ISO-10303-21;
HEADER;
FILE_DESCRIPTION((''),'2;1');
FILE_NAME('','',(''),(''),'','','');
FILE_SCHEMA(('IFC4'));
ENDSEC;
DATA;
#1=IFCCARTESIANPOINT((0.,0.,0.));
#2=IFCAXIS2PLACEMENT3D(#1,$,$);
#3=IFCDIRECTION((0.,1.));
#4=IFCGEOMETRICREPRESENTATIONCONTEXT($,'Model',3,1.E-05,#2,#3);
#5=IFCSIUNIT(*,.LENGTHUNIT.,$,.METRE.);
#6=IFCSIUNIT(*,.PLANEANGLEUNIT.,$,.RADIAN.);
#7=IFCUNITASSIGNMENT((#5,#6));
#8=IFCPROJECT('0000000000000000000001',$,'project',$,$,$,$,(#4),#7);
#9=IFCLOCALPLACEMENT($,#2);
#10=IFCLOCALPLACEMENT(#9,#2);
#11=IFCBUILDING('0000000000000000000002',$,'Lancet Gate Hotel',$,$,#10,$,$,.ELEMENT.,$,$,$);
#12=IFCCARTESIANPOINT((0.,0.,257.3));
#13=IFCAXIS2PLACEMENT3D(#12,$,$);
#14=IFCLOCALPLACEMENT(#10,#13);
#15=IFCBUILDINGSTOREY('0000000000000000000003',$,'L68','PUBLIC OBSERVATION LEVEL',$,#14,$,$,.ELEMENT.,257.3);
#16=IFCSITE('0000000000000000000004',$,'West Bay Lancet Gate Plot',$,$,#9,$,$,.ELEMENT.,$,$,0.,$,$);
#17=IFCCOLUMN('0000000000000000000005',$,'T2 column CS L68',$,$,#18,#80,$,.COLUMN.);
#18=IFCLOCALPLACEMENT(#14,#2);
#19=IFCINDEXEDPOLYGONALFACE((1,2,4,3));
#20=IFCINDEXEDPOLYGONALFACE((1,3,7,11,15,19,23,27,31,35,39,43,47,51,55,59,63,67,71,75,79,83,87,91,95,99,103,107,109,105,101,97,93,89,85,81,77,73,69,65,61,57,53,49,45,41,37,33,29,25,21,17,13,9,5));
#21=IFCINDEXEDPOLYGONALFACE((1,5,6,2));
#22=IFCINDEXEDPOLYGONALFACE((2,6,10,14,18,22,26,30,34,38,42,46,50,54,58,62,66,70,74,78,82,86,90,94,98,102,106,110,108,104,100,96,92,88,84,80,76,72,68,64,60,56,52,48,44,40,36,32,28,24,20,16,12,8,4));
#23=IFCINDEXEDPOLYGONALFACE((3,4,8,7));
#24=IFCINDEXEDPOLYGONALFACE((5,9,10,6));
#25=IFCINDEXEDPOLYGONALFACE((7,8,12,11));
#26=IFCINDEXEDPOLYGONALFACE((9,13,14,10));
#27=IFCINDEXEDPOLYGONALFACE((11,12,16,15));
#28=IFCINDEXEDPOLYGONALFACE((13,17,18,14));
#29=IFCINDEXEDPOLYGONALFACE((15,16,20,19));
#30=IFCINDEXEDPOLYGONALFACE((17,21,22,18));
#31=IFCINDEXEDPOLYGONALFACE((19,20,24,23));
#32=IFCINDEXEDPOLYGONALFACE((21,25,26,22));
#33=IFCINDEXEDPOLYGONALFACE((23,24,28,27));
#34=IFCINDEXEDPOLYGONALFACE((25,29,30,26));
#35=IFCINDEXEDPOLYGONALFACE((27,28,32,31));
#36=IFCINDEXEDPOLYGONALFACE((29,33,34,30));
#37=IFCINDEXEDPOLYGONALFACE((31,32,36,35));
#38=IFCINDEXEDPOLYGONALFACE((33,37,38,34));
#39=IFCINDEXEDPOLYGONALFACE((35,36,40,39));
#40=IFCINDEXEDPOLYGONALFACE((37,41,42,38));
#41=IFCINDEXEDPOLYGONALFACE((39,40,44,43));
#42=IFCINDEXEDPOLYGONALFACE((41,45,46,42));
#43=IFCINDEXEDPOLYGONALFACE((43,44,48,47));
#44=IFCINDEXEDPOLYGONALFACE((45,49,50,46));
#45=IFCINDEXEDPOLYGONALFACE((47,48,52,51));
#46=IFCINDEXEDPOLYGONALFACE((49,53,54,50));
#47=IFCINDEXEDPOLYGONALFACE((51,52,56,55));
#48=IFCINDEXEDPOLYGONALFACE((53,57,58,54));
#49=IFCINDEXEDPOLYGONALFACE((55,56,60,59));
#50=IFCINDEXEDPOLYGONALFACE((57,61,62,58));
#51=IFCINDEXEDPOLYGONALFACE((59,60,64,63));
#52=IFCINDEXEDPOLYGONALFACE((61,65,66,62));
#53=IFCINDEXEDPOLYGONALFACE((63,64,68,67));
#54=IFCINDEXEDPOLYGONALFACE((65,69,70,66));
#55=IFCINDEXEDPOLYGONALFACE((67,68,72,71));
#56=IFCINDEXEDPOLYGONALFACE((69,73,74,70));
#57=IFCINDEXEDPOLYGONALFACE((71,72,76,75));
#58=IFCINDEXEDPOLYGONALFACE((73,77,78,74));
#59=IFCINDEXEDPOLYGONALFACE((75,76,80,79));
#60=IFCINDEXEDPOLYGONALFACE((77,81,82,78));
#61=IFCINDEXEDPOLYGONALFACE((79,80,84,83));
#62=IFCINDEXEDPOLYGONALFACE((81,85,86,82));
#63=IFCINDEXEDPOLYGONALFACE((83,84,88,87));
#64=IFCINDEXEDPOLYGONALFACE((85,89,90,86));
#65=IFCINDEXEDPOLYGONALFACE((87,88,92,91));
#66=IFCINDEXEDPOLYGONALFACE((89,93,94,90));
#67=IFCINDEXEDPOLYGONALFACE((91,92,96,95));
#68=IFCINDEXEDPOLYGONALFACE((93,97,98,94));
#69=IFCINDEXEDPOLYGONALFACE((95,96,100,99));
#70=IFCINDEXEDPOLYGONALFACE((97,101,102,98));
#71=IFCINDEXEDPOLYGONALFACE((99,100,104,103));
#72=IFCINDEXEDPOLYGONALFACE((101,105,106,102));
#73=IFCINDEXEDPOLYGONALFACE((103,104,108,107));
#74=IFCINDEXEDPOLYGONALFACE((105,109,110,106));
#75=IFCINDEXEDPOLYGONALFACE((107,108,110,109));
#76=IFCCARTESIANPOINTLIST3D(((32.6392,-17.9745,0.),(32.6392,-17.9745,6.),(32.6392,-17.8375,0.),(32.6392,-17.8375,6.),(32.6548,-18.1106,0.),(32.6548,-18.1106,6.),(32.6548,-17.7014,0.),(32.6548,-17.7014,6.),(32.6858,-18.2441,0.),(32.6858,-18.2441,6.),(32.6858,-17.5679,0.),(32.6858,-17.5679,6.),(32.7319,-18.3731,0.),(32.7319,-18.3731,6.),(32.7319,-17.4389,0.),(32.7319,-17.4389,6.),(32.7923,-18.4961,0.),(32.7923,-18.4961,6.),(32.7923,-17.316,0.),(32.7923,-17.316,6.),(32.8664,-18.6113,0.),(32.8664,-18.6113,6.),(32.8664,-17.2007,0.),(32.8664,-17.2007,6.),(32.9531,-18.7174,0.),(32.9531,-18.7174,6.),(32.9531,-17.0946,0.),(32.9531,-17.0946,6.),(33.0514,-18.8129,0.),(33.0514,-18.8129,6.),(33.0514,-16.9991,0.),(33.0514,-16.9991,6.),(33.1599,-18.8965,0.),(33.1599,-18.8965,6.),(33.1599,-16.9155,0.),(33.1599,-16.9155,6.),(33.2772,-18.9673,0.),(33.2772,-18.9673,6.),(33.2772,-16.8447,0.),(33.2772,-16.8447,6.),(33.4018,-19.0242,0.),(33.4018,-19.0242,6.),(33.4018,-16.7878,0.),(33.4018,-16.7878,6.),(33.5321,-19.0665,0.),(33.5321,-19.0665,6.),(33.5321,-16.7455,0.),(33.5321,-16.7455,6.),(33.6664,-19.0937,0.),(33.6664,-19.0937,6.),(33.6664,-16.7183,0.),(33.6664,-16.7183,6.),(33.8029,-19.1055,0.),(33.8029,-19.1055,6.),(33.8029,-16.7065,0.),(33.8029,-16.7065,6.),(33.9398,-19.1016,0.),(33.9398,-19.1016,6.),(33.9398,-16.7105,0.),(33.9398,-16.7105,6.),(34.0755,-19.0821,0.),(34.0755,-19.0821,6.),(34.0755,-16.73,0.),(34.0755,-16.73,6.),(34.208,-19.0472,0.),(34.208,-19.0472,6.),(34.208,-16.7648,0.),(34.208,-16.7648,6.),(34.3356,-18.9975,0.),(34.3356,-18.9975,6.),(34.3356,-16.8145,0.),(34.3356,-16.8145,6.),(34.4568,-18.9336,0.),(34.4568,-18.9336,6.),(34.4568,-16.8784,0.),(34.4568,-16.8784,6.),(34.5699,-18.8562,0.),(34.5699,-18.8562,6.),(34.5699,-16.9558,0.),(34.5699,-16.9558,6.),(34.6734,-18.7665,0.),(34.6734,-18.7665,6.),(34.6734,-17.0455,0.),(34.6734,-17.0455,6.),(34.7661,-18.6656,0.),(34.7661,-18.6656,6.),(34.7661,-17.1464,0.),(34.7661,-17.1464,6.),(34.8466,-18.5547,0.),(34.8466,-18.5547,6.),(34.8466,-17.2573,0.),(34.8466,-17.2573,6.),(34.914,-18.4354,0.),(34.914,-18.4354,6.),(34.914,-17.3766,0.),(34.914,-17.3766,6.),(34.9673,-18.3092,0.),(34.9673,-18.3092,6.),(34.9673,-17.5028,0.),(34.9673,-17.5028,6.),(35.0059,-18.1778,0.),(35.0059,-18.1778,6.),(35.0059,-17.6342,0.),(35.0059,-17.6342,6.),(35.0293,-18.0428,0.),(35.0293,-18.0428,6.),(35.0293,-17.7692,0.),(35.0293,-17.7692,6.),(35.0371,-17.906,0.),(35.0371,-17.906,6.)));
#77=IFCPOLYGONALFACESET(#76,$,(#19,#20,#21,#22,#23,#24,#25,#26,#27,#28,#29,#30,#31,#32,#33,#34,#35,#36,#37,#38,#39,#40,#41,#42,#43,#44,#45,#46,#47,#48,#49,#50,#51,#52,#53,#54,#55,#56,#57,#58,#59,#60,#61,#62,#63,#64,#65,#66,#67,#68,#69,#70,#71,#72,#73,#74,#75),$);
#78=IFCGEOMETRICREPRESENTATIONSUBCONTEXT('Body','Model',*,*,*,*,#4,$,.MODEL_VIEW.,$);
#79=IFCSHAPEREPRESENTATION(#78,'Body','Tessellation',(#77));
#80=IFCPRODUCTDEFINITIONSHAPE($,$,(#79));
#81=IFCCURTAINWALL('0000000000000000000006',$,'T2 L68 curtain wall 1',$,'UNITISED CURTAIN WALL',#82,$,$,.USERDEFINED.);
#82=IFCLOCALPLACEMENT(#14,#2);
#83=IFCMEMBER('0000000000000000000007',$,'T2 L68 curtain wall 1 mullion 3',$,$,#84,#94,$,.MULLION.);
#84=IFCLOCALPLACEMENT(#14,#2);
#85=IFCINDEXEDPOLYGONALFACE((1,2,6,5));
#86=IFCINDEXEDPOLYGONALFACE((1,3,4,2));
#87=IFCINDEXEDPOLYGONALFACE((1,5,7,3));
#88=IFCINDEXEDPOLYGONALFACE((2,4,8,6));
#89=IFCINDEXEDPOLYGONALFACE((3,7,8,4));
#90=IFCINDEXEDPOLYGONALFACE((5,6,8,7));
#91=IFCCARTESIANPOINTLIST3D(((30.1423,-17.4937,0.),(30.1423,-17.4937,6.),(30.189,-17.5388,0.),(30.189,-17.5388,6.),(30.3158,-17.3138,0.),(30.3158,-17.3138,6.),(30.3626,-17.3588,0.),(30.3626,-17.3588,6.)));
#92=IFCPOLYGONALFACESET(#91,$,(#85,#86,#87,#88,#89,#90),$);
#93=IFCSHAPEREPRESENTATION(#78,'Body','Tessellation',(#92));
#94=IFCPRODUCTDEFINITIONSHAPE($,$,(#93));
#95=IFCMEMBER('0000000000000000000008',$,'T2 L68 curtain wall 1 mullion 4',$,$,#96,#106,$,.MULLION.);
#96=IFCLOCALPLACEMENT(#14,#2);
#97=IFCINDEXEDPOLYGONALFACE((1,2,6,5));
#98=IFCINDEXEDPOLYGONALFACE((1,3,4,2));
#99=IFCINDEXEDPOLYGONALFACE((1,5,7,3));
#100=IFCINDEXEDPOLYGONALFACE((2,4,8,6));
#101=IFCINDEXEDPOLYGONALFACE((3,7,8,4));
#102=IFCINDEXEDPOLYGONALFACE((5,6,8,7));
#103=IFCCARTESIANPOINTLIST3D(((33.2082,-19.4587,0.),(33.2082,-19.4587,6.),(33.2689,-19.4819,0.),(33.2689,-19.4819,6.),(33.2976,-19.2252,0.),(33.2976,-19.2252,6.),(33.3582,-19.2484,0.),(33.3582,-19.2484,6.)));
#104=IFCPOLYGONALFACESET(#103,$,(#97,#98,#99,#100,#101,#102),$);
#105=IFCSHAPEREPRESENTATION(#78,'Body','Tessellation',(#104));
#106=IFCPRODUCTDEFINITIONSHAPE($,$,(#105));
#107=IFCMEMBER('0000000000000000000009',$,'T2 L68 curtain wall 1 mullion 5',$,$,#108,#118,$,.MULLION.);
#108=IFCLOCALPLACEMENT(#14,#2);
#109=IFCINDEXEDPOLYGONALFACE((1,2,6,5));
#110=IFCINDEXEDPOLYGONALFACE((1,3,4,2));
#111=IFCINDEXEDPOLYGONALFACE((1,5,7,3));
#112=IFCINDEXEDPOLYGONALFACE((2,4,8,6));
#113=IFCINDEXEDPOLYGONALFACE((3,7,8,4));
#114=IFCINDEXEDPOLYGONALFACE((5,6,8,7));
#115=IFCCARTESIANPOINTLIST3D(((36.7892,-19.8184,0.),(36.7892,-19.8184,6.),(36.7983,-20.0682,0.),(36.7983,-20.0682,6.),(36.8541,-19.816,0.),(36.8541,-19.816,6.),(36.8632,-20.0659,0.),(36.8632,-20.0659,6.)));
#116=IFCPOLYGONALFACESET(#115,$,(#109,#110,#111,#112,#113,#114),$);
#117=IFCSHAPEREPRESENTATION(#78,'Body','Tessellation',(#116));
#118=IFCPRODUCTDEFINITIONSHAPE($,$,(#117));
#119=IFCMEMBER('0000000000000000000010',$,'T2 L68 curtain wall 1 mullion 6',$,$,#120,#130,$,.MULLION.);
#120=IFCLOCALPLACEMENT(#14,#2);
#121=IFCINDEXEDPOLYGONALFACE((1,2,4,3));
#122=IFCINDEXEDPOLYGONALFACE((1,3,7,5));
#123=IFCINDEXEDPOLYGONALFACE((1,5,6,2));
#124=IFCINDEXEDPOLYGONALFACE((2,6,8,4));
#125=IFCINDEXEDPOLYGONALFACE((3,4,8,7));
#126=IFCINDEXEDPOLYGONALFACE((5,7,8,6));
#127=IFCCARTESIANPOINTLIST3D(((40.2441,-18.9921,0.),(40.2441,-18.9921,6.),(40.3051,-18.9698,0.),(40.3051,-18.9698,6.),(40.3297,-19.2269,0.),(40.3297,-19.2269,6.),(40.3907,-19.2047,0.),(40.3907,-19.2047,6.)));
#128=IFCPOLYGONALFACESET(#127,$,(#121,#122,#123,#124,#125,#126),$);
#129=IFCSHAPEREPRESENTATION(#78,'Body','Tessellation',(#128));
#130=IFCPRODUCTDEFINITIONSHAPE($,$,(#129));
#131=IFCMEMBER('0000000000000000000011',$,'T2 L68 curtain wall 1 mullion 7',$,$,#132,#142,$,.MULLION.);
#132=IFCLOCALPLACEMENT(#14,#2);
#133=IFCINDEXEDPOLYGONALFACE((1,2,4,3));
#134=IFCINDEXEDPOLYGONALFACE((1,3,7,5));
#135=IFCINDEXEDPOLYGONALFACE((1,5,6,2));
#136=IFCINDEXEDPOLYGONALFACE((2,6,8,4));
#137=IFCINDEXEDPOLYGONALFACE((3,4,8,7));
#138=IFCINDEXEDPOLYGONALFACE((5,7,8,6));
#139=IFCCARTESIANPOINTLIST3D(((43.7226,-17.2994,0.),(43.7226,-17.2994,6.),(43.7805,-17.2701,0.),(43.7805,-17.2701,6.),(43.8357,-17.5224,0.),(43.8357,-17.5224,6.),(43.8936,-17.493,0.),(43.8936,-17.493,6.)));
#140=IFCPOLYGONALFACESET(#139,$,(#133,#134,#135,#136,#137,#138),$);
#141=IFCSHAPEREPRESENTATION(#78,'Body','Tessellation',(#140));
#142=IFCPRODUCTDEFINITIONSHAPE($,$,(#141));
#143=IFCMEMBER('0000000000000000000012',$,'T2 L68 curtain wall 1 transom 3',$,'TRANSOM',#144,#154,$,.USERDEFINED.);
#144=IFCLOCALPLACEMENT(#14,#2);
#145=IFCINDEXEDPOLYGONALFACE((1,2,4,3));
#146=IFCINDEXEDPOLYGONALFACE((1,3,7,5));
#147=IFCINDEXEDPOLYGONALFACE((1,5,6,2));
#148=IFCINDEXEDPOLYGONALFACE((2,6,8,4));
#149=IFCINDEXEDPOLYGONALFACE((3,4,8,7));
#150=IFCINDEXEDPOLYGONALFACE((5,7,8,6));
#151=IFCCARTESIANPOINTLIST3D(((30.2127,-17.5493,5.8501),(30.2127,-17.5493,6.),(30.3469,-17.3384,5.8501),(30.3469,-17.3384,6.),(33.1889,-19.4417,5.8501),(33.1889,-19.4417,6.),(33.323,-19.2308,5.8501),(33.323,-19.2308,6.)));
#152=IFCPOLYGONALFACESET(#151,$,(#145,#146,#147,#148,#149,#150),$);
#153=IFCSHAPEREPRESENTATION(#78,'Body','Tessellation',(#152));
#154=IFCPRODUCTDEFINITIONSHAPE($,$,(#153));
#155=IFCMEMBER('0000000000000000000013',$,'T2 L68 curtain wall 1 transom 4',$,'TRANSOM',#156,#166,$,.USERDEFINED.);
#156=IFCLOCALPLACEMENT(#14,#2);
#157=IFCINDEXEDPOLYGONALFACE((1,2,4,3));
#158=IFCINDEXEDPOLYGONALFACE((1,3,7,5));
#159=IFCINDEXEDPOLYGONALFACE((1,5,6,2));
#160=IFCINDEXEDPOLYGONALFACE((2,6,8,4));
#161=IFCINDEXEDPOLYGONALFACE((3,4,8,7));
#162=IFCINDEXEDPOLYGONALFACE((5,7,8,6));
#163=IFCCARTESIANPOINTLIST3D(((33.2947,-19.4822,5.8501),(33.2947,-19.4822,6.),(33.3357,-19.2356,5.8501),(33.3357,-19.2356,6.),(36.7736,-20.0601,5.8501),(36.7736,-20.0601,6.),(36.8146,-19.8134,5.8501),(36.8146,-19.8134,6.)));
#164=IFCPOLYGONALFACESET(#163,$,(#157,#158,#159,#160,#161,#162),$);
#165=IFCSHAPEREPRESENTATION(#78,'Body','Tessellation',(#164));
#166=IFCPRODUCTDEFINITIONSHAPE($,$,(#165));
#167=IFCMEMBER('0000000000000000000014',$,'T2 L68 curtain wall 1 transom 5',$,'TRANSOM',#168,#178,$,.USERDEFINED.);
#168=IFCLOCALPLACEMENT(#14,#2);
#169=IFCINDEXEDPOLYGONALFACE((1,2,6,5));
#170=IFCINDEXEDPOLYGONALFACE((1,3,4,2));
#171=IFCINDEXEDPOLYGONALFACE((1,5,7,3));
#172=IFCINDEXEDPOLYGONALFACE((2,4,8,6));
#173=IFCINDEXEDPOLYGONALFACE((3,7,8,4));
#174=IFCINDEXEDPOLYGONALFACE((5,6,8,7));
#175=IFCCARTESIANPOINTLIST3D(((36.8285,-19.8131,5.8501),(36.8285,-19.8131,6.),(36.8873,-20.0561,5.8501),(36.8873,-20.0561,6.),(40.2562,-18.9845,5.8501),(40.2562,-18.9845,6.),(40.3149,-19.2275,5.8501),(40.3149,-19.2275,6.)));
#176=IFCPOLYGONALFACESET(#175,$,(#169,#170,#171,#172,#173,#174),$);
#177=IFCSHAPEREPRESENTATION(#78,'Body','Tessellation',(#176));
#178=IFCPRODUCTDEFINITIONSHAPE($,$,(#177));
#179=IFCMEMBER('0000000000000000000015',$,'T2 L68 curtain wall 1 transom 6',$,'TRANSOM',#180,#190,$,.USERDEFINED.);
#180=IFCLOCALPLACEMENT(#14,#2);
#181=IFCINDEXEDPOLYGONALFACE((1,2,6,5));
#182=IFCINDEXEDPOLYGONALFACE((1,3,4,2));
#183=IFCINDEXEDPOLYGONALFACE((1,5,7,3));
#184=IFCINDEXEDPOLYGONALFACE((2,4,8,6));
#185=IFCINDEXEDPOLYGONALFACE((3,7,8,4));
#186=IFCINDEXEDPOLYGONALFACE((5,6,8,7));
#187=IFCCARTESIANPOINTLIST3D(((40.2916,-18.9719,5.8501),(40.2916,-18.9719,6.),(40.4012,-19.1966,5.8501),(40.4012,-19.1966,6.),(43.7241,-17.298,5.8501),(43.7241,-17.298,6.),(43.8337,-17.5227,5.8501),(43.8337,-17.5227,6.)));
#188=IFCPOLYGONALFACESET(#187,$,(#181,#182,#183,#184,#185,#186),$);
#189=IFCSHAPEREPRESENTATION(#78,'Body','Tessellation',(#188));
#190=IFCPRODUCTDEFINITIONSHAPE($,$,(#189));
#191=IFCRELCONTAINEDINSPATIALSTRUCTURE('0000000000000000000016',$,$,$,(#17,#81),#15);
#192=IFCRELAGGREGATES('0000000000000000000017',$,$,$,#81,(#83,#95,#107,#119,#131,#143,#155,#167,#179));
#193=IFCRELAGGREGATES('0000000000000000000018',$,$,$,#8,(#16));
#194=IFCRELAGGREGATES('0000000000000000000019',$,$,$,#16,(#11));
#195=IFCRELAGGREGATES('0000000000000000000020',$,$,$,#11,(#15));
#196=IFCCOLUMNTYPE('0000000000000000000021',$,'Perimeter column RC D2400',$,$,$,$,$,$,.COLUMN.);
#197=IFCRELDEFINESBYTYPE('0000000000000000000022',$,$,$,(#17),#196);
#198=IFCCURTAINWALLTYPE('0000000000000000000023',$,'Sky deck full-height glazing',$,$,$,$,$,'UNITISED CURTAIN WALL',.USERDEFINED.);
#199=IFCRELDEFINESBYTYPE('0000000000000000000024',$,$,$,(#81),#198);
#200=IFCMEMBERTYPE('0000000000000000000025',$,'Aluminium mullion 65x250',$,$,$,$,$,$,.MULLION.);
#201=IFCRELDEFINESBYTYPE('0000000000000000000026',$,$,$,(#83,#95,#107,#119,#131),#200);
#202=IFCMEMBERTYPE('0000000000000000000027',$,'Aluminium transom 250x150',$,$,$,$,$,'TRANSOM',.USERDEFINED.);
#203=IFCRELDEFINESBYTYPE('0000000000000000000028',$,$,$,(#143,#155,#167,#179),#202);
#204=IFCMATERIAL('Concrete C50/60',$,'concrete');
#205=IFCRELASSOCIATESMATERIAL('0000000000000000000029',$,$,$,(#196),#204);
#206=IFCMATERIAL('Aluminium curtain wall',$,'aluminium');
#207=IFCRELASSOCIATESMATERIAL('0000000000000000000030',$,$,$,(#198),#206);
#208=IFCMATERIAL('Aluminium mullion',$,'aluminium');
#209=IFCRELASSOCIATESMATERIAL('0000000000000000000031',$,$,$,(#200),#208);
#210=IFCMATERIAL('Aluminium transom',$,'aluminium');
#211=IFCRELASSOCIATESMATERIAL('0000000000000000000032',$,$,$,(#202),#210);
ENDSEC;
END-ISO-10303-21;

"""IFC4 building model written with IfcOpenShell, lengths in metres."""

from ifc_helpers import new_model, si_unit, direction, frame, origin, origin_2d, place, context, subcontext, project, spatial, rectangle, circle, extrude, material, material_profile, profile_set, type_object, element, aggregate, save


model = new_model("IFC4")

# Units and contexts
model_context = context("Model", 3, precision=1e-05, world=origin(), true_north=direction((0.0, 1.0)))
body_context = subcontext(model_context, "Body", "Model", "MODEL_VIEW")
ifc_project = project(units=[si_unit("LENGTHUNIT", "METRE"), si_unit("PLANEANGLEUNIT", "RADIAN")], contexts=[model_context])

# Site, building, storey
site_placement = place(None, origin())
site = spatial("IfcSite", under=ifc_project, at=site_placement, Name="West Bay Lancet Gate Plot", CompositionType="ELEMENT", RefElevation=0.0)
building_placement = place(site_placement, origin())
building = spatial("IfcBuilding", under=site, at=building_placement, Name="Lancet Gate Hotel", CompositionType="ELEMENT")
storey_placement = place(building_placement, frame((0.0, 0.0, 257.3)))
storey = spatial("IfcBuildingStorey", under=building, at=storey_placement, Name="L68", Description="PUBLIC OBSERVATION LEVEL", CompositionType="ELEMENT", Elevation=257.3)

# Column
ifc_material_1 = material(Name="Concrete C50/60", Category="concrete")
ifc_material_profile_1 = material_profile(ifc_material_1, circle(Radius=1.2, at=origin_2d()), Name="RC D2400")
ifc_profile_set_1 = profile_set([ifc_material_profile_1], Name="Concrete C50/60")
column_type = type_object("IfcColumnType", Name="Perimeter column RC D2400", PredefinedType="COLUMN", material=ifc_profile_set_1)
column_placement = place(storey_placement, frame((33.8372, -17.906, 0.0), z_axis=(0.0, 0.0, 1.0), x_axis=(1.0, 0.0, 0.0)))
element("IfcColumn", 1, at=column_placement, inside=storey, type_object=column_type, Name="T2 column CS L68", PredefinedType="COLUMN", context=body_context, shape_type="SweptSolid", body=[
    extrude(circle(Radius=1.2, at=origin_2d()), origin(), (0.0, 0.0, 1.0), 6.0),
])

# Curtain wall, members
ifc_material_2 = material(Name="Aluminium curtain wall", Category="aluminium")
curtain_wall_type = type_object("IfcCurtainWallType", Name="Sky deck full-height glazing", ElementType="UNITISED CURTAIN WALL", PredefinedType="USERDEFINED", material=ifc_material_2)
curtain_wall_placement = place(storey_placement, origin())
curtain_wall = element("IfcCurtainWall", 2, at=curtain_wall_placement, inside=storey, type_object=curtain_wall_type, Name="T2 L68 curtain wall 1", ObjectType="UNITISED CURTAIN WALL", PredefinedType="USERDEFINED")
ifc_material_3 = material(Name="Aluminium mullion", Category="aluminium")
ifc_material_profile_2 = material_profile(ifc_material_3, rectangle(XDim=0.0649, YDim=0.25, at=origin_2d()), Name="MULLION 65x250")
ifc_profile_set_2 = profile_set([ifc_material_profile_2], Name="Aluminium mullion")
member_type_1 = type_object("IfcMemberType", Name="Aluminium mullion 65x250", PredefinedType="MULLION", material=ifc_profile_set_2)
member_1_placement = place(storey_placement, frame((30.2524, -17.4263, 0.0), z_axis=(0.0, 0.0, 1.0), x_axis=(0.719809, -0.694172, 0.0)))
member_1 = element("IfcMember", 3, at=member_1_placement, type_object=member_type_1, Name="T2 L68 curtain wall 1 mullion 3", PredefinedType="MULLION", context=body_context, shape_type="SweptSolid", body=[
    extrude(rectangle(XDim=0.0649, YDim=0.25, at=origin_2d()), origin(), (0.0, 0.0, 1.0), 6.0),
])
member_2_placement = place(storey_placement, frame((33.2832, -19.3535, 0.0), z_axis=(0.0, 0.0, 1.0), x_axis=(0.933943, -0.357421, 0.0)))
member_2 = element("IfcMember", 4, at=member_2_placement, type_object=member_type_1, Name="T2 L68 curtain wall 1 mullion 4", PredefinedType="MULLION", context=body_context, shape_type="SweptSolid", body=[
    extrude(rectangle(XDim=0.0649, YDim=0.25, at=origin_2d()), origin(), (0.0, 0.0, 1.0), 6.0),
])
member_3_placement = place(storey_placement, frame((36.8262, -19.9421, 0.0), z_axis=(0.0, 0.0, 1.0), x_axis=(0.999343, 0.03625, 0.0)))
member_3 = element("IfcMember", 5, at=member_3_placement, type_object=member_type_1, Name="T2 L68 curtain wall 1 mullion 5", PredefinedType="MULLION", context=body_context, shape_type="SweptSolid", body=[
    extrude(rectangle(XDim=0.0649, YDim=0.25, at=origin_2d()), origin(), (0.0, 0.0, 1.0), 6.0),
])
member_4_placement = place(storey_placement, frame((40.3174, -19.0984, 0.0), z_axis=(0.0, 0.0, 1.0), x_axis=(0.939484, 0.342593, 0.0)))
member_4 = element("IfcMember", 6, at=member_4_placement, type_object=member_type_1, Name="T2 L68 curtain wall 1 mullion 6", PredefinedType="MULLION", context=body_context, shape_type="SweptSolid", body=[
    extrude(rectangle(XDim=0.0649, YDim=0.25, at=origin_2d()), origin(), (0.0, 0.0, 1.0), 6.0),
])
member_5_placement = place(storey_placement, frame((43.8081, -17.3962, 0.0), z_axis=(0.0, 0.0, 1.0), x_axis=(0.891833, 0.452365, 0.0)))
member_5 = element("IfcMember", 7, at=member_5_placement, type_object=member_type_1, Name="T2 L68 curtain wall 1 mullion 7", PredefinedType="MULLION", context=body_context, shape_type="SweptSolid", body=[
    extrude(rectangle(XDim=0.0649, YDim=0.25, at=origin_2d()), origin(), (0.0, 0.0, 1.0), 6.0),
])
ifc_material_4 = material(Name="Aluminium transom", Category="aluminium")
ifc_material_profile_3 = material_profile(ifc_material_4, rectangle(XDim=0.25, YDim=0.1499, at=origin_2d()), Name="TRANSOM 250x150")
ifc_profile_set_3 = profile_set([ifc_material_profile_3], Name="Aluminium transom")
member_type_2 = type_object("IfcMemberType", Name="Aluminium transom 250x150", ElementType="TRANSOM", PredefinedType="USERDEFINED", material=ifc_profile_set_3)
member_6_placement = place(storey_placement, frame((30.2798, -17.4438, 5.925), z_axis=(0.843858, -0.536566, 0.0), x_axis=(0.536566, 0.843858, 0.0)))
member_6 = element("IfcMember", 8, at=member_6_placement, type_object=member_type_2, Name="T2 L68 curtain wall 1 transom 3", ObjectType="TRANSOM", PredefinedType="USERDEFINED", context=body_context, shape_type="SweptSolid", body=[
    extrude(rectangle(XDim=0.25, YDim=0.1499, at=origin_2d()), origin(), (0.0, 0.0, 1.0), 3.5269),
])
member_7_placement = place(storey_placement, frame((33.3152, -19.3589, 5.925), z_axis=(0.986484, -0.16386, 0.0), x_axis=(0.16386, 0.986484, 0.0)))
member_7 = element("IfcMember", 9, at=member_7_placement, type_object=member_type_2, Name="T2 L68 curtain wall 1 transom 4", ObjectType="TRANSOM", PredefinedType="USERDEFINED", context=body_context, shape_type="SweptSolid", body=[
    extrude(rectangle(XDim=0.25, YDim=0.1499, at=origin_2d()), origin(), (0.0, 0.0, 1.0), 3.5266),
])
member_8_placement = place(storey_placement, frame((36.8579, -19.9346, 5.925), z_axis=(0.972003, 0.23497, 0.0), x_axis=(-0.23497, 0.972003, 0.0)))
member_8 = element("IfcMember", 10, at=member_8_placement, type_object=member_type_2, Name="T2 L68 curtain wall 1 transom 5", ObjectType="TRANSOM", PredefinedType="USERDEFINED", context=body_context, shape_type="SweptSolid", body=[
    extrude(rectangle(XDim=0.25, YDim=0.1499, at=origin_2d()), origin(), (0.0, 0.0, 1.0), 3.5264),
])
member_9_placement = place(storey_placement, frame((40.3464, -19.0842, 5.925), z_axis=(0.89882, 0.438318, 0.0), x_axis=(-0.438318, 0.89882, 0.0)))
member_9 = element("IfcMember", 11, at=member_9_placement, type_object=member_type_2, Name="T2 L68 curtain wall 1 transom 6", ObjectType="TRANSOM", PredefinedType="USERDEFINED", context=body_context, shape_type="SweptSolid", body=[
    extrude(rectangle(XDim=0.25, YDim=0.1499, at=origin_2d()), origin(), (0.0, 0.0, 1.0), 3.8188),
])

aggregate(curtain_wall, [member_1, member_2, member_3, member_4, member_5, member_6, member_7, member_8, member_9])

save(model, "model.ifc")
